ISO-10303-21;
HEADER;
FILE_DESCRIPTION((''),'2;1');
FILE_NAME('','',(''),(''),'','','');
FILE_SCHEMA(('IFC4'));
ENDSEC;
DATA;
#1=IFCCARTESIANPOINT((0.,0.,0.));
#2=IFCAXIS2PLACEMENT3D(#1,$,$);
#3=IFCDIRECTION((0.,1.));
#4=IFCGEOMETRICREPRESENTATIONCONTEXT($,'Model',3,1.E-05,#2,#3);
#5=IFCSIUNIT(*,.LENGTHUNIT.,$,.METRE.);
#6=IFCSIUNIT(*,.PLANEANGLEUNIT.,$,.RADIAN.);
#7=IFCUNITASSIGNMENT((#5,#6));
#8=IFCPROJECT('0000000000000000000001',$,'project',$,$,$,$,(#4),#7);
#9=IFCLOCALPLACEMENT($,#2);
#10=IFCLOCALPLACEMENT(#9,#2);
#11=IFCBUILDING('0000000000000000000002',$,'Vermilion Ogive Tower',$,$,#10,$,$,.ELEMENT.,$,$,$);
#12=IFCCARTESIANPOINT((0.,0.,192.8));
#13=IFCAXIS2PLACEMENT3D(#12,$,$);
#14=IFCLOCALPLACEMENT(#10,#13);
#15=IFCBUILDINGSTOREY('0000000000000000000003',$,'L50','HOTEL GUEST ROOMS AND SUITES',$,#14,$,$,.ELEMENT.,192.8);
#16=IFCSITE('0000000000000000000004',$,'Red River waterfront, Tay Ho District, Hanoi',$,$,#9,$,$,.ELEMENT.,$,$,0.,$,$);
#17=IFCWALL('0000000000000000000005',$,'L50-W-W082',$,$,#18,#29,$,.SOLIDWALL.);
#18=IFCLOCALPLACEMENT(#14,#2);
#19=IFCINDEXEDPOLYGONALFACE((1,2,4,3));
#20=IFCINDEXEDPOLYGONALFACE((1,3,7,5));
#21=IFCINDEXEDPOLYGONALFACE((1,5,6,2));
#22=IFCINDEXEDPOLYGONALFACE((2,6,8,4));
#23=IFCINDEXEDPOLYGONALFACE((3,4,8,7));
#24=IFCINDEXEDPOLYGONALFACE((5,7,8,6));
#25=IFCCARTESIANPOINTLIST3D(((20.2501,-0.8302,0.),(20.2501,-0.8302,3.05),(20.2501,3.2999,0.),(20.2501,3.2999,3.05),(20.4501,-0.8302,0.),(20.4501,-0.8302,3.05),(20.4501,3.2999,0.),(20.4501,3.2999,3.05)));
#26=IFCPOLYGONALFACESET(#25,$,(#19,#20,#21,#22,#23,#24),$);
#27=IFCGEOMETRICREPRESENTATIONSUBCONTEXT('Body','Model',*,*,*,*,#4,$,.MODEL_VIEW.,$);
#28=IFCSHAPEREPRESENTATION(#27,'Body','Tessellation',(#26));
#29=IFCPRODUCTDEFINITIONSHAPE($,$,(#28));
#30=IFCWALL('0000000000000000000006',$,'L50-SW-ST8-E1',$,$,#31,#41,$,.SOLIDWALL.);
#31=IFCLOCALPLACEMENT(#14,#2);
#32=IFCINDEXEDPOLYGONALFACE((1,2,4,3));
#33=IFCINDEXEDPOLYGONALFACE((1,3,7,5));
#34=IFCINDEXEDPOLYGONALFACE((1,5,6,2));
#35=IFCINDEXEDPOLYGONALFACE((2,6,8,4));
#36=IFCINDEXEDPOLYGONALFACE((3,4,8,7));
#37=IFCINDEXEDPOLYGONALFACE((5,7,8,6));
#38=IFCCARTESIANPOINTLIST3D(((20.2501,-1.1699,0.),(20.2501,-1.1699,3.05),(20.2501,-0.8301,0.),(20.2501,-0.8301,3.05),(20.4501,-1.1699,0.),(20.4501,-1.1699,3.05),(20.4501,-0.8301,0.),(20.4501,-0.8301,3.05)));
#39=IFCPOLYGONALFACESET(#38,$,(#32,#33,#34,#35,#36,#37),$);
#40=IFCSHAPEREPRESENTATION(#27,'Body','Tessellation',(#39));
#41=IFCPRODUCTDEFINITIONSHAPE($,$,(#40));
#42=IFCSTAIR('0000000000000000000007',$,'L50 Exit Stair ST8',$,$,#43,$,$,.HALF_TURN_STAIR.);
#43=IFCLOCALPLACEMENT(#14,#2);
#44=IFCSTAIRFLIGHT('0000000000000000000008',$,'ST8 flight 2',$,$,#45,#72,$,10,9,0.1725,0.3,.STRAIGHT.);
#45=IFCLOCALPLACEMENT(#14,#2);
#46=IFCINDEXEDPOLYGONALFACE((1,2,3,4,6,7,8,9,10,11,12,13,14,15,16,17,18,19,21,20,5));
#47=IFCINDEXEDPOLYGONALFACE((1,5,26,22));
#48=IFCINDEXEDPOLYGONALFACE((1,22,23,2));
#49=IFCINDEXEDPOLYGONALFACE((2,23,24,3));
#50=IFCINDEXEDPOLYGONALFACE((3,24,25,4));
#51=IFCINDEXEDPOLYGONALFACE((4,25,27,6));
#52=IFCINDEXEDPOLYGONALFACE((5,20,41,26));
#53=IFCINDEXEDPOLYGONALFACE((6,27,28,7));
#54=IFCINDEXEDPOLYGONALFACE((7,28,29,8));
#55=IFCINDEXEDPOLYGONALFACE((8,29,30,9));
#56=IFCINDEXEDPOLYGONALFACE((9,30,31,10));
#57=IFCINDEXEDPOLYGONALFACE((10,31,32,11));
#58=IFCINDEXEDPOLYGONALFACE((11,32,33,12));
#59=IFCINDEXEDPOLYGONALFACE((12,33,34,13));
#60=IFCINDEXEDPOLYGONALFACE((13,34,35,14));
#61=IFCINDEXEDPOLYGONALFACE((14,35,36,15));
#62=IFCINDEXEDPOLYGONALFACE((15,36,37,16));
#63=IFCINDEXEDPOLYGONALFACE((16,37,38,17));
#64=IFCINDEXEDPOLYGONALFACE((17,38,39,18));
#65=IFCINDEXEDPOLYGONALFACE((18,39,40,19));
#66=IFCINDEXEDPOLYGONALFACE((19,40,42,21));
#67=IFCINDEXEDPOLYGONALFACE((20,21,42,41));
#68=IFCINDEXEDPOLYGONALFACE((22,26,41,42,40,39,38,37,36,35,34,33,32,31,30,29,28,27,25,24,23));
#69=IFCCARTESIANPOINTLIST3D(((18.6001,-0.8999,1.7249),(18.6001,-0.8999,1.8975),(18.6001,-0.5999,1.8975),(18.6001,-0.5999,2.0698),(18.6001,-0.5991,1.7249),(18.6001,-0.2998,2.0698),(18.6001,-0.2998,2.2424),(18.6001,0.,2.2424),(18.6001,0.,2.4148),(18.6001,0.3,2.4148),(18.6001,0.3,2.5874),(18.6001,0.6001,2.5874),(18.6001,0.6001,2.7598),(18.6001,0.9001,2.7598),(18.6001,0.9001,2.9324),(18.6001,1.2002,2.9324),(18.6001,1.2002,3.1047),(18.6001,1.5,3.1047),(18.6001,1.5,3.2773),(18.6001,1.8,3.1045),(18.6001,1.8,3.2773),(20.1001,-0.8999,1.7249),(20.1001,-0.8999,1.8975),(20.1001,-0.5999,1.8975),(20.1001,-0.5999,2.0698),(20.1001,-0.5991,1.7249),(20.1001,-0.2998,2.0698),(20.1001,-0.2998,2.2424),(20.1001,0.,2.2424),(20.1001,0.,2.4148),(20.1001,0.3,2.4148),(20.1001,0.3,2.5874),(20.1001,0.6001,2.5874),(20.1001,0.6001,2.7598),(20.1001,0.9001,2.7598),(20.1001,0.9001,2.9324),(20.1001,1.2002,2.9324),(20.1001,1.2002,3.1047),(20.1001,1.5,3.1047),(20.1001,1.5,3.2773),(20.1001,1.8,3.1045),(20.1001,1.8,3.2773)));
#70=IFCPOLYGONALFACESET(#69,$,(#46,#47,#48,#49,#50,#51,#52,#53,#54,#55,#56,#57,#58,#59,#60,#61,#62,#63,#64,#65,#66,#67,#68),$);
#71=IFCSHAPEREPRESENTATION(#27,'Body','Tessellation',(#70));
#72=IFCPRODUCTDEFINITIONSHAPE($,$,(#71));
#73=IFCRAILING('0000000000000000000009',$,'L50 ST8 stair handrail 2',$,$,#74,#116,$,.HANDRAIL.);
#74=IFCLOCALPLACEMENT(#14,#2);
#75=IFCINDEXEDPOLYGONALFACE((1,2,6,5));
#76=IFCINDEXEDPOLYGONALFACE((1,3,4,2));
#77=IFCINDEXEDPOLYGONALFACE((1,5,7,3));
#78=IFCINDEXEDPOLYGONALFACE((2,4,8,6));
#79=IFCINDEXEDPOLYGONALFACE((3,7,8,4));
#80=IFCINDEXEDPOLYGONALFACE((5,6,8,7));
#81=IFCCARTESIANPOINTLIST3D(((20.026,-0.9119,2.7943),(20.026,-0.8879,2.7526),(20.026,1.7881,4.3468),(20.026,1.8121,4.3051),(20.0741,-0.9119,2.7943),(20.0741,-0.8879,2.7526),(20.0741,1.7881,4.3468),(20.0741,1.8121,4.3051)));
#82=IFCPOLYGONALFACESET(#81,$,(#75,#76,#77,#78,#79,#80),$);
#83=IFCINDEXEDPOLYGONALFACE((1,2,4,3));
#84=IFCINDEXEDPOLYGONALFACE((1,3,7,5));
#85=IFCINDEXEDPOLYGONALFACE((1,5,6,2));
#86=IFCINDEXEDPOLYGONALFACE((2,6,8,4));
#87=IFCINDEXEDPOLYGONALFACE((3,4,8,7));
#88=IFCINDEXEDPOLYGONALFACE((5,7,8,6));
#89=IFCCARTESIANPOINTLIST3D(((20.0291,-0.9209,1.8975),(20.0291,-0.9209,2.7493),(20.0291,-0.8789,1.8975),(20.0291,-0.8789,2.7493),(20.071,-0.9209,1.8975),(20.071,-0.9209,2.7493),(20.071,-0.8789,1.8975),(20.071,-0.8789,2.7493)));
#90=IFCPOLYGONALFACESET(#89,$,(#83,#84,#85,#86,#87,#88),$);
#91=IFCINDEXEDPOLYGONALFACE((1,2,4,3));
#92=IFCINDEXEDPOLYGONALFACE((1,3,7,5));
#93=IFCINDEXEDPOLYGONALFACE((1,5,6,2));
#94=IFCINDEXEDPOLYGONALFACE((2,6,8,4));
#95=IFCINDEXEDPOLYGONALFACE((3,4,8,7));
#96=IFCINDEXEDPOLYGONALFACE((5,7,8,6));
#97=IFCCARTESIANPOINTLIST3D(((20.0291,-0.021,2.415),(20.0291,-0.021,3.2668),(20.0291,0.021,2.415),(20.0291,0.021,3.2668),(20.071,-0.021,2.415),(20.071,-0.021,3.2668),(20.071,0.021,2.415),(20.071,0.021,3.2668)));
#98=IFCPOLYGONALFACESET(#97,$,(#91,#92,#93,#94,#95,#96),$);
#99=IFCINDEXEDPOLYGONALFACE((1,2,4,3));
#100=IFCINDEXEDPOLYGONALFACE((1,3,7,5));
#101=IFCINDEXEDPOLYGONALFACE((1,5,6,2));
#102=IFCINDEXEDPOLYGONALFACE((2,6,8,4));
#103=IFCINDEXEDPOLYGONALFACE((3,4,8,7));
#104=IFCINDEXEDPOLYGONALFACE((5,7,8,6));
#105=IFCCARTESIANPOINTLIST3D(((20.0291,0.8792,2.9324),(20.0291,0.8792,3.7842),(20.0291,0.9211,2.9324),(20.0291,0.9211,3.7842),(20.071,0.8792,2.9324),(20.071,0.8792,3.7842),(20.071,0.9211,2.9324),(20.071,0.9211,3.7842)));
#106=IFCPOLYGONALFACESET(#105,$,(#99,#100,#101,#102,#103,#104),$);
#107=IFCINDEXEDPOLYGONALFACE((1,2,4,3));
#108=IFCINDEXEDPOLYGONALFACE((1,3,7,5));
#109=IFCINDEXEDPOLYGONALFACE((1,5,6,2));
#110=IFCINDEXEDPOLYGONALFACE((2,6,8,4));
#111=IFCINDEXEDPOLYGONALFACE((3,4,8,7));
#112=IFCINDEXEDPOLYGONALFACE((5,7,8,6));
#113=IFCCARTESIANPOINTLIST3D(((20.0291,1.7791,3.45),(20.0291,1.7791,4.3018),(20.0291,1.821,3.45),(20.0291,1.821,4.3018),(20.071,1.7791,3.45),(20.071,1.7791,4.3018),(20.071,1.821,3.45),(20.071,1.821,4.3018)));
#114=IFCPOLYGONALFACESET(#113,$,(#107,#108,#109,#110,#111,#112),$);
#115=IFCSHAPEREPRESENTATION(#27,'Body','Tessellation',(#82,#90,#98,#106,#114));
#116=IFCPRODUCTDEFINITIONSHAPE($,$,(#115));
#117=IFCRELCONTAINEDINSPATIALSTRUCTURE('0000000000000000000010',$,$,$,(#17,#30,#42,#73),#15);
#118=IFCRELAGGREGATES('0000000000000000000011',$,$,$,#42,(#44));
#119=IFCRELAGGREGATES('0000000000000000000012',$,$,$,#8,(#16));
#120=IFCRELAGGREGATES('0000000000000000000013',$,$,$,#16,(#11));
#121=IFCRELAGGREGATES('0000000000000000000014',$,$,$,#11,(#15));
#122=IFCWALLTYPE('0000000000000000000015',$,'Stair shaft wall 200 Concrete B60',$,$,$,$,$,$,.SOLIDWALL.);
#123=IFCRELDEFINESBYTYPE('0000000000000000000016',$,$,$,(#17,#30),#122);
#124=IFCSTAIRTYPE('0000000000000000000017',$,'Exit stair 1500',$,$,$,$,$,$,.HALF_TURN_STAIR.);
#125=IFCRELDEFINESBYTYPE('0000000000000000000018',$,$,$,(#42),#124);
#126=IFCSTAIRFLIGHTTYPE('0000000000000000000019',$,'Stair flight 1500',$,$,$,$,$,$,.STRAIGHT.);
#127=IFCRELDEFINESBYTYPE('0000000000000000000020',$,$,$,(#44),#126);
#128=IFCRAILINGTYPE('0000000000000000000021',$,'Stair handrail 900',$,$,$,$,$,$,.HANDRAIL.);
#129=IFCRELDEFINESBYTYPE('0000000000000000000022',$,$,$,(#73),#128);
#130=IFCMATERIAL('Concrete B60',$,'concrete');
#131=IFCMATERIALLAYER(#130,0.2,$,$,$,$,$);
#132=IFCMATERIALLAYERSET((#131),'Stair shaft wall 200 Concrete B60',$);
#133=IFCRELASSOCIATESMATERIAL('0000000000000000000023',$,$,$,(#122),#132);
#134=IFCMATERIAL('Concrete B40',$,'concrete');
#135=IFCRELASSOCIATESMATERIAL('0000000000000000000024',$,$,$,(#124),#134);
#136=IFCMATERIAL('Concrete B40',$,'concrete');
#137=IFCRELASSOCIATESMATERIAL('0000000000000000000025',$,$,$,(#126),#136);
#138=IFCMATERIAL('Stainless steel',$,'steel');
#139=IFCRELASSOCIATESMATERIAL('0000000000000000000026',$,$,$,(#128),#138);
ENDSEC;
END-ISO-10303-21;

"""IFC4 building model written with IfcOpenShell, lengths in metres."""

from ifc_helpers import new_model, si_unit, direction, frame, frame_2d, origin, origin_2d, place, context, subcontext, project, spatial, polyline, rectangle, outline, extrude, material, layer, layer_set, type_object, element, aggregate, save


model = new_model("IFC4")

# Units and contexts
model_context = context("Model", 3, precision=1e-05, world=origin(), true_north=direction((0.0, 1.0)))
body_context = subcontext(model_context, "Body", "Model", "MODEL_VIEW")
ifc_project = project(units=[si_unit("LENGTHUNIT", "METRE"), si_unit("PLANEANGLEUNIT", "RADIAN")], contexts=[model_context])

# Site, building, storey
site_placement = place(None, origin())
site = spatial("IfcSite", under=ifc_project, at=site_placement, Name="Red River waterfront, Tay Ho District, Hanoi", CompositionType="ELEMENT", RefElevation=0.0)
building_placement = place(site_placement, origin())
building = spatial("IfcBuilding", under=site, at=building_placement, Name="Vermilion Ogive Tower", CompositionType="ELEMENT")
storey_placement = place(building_placement, frame((0.0, 0.0, 192.8)))
storey = spatial("IfcBuildingStorey", under=building, at=storey_placement, Name="L50", Description="HOTEL GUEST ROOMS AND SUITES", CompositionType="ELEMENT", Elevation=192.8)

# Shared definitions
ifc_material_1 = material(Name="Concrete B60", Category="concrete")
ifc_layer_1 = layer(ifc_material_1, 0.2)
ifc_layer_set_1 = layer_set([ifc_layer_1], Name="Stair shaft wall 200 Concrete B60")
wall_type_1 = type_object("IfcWallType", Name="Stair shaft wall 200 Concrete B60", PredefinedType="SOLIDWALL", material=ifc_layer_set_1)

# Walls
wall_1_placement = place(storey_placement, frame((20.3501, -0.8301, 0.0), z_axis=(0.0, 0.0, 1.0), x_axis=(0.0, 1.0, 0.0)))
element("IfcWall", 1, at=wall_1_placement, inside=storey, type_object=wall_type_1, Name="L50-W-W082", PredefinedType="SOLIDWALL", context=body_context, shape_type="SweptSolid", body=[
    extrude(rectangle(XDim=4.1301, YDim=0.2, at=frame_2d((2.0649, 0.0))), origin(), (0.0, 0.0, 1.0), 3.05),
])
wall_2_placement = place(storey_placement, frame((20.3501, -1.1699, 0.0), z_axis=(0.0, 0.0, 1.0), x_axis=(0.0, 1.0, 0.0)))
element("IfcWall", 2, at=wall_2_placement, inside=storey, type_object=wall_type_1, Name="L50-SW-ST8-E1", PredefinedType="SOLIDWALL", context=body_context, shape_type="SweptSolid", body=[
    extrude(rectangle(XDim=0.3398, YDim=0.2, at=frame_2d((0.1699, 0.0))), origin(), (0.0, 0.0, 1.0), 3.05),
])

# Stair, stair flight
ifc_material_2 = material(Name="Concrete B40", Category="concrete")
stair_type = type_object("IfcStairType", Name="Exit stair 1500", PredefinedType="HALF_TURN_STAIR", material=ifc_material_2)
stair_placement = place(storey_placement, origin())
stair = element("IfcStair", 3, at=stair_placement, inside=storey, type_object=stair_type, Name="L50 Exit Stair ST8", PredefinedType="HALF_TURN_STAIR")
ifc_material_3 = material(Name="Concrete B40", Category="concrete")
stair_flight_type = type_object("IfcStairFlightType", Name="Stair flight 1500", PredefinedType="STRAIGHT", material=ifc_material_3)
stair_flight_placement = place(storey_placement, frame((19.3501, -0.8999, 1.7249), z_axis=(0.0, 0.0, 1.0), x_axis=(0.0, 1.0, 0.0)))
stair_flight = element("IfcStairFlight", 4, at=stair_flight_placement, type_object=stair_flight_type, Name="ST8 flight 2", NumberOfRisers=10, NumberOfTreads=9, PredefinedType="STRAIGHT", RiserHeight=0.1725, TreadLength=0.3, context=body_context, shape_type="SweptSolid", body=[
    extrude(outline(polyline([(0.0, 0.0), (0.0, 0.1726), (0.3, 0.1726), (0.3, 0.345), (0.6001, 0.345), (0.6001, 0.5176), (0.8999, 0.5176), (0.8999, 0.6899), (1.2, 0.6899), (1.2, 0.8625), (1.5, 0.8625), (1.5, 1.0349), (1.8, 1.0349), (1.8, 1.2075), (2.1001, 1.2075), (2.1001, 1.3799), (2.3999, 1.3799), (2.3999, 1.5525), (2.7, 1.5525), (2.7, 1.7251), (2.7, 1.3796), (0.3008, 0.0), (0.0, 0.0)])), frame((0.0, 0.75, 0.0), z_axis=(0.0, -1.0, 0.0), x_axis=(1.0, 0.0, 0.0)), (0.0, 0.0, 1.0), 1.5),
])
aggregate(stair, [stair_flight])

# Railing
ifc_material_4 = material(Name="Stainless steel", Category="steel")
railing_type = type_object("IfcRailingType", Name="Stair handrail 900", PredefinedType="HANDRAIL", material=ifc_material_4)
railing_placement = place(storey_placement, frame((20.05, -0.8999, 1.8975)))
element("IfcRailing", 5, at=railing_placement, inside=storey, type_object=railing_type, Name="L50 ST8 stair handrail 2", PredefinedType="HANDRAIL", context=body_context, shape_type="SweptSolid", body=[
    extrude(rectangle(XDim=0.0481, YDim=0.0481, at=origin_2d()), frame((0.0, 0.0, 0.876), z_axis=(0.0, 0.866904, 0.498476), x_axis=(-1.0, 0.0, 0.0)), (0.0, 0.0, 1.0), 3.1145),
    extrude(rectangle(XDim=0.042, YDim=0.042, at=origin_2d()), origin(), (0.0, 0.0, 1.0), 0.8518),
    extrude(rectangle(XDim=0.042, YDim=0.042, at=origin_2d()), frame((0.0, 0.8999, 0.5176)), (0.0, 0.0, 1.0), 0.8518),
    extrude(rectangle(XDim=0.042, YDim=0.042, at=origin_2d()), frame((0.0, 1.8, 1.0349)), (0.0, 0.0, 1.0), 0.8518),
    extrude(rectangle(XDim=0.042, YDim=0.042, at=origin_2d()), frame((0.0, 2.7, 1.5525)), (0.0, 0.0, 1.0), 0.8518),
])

save(model, "model.ifc")
